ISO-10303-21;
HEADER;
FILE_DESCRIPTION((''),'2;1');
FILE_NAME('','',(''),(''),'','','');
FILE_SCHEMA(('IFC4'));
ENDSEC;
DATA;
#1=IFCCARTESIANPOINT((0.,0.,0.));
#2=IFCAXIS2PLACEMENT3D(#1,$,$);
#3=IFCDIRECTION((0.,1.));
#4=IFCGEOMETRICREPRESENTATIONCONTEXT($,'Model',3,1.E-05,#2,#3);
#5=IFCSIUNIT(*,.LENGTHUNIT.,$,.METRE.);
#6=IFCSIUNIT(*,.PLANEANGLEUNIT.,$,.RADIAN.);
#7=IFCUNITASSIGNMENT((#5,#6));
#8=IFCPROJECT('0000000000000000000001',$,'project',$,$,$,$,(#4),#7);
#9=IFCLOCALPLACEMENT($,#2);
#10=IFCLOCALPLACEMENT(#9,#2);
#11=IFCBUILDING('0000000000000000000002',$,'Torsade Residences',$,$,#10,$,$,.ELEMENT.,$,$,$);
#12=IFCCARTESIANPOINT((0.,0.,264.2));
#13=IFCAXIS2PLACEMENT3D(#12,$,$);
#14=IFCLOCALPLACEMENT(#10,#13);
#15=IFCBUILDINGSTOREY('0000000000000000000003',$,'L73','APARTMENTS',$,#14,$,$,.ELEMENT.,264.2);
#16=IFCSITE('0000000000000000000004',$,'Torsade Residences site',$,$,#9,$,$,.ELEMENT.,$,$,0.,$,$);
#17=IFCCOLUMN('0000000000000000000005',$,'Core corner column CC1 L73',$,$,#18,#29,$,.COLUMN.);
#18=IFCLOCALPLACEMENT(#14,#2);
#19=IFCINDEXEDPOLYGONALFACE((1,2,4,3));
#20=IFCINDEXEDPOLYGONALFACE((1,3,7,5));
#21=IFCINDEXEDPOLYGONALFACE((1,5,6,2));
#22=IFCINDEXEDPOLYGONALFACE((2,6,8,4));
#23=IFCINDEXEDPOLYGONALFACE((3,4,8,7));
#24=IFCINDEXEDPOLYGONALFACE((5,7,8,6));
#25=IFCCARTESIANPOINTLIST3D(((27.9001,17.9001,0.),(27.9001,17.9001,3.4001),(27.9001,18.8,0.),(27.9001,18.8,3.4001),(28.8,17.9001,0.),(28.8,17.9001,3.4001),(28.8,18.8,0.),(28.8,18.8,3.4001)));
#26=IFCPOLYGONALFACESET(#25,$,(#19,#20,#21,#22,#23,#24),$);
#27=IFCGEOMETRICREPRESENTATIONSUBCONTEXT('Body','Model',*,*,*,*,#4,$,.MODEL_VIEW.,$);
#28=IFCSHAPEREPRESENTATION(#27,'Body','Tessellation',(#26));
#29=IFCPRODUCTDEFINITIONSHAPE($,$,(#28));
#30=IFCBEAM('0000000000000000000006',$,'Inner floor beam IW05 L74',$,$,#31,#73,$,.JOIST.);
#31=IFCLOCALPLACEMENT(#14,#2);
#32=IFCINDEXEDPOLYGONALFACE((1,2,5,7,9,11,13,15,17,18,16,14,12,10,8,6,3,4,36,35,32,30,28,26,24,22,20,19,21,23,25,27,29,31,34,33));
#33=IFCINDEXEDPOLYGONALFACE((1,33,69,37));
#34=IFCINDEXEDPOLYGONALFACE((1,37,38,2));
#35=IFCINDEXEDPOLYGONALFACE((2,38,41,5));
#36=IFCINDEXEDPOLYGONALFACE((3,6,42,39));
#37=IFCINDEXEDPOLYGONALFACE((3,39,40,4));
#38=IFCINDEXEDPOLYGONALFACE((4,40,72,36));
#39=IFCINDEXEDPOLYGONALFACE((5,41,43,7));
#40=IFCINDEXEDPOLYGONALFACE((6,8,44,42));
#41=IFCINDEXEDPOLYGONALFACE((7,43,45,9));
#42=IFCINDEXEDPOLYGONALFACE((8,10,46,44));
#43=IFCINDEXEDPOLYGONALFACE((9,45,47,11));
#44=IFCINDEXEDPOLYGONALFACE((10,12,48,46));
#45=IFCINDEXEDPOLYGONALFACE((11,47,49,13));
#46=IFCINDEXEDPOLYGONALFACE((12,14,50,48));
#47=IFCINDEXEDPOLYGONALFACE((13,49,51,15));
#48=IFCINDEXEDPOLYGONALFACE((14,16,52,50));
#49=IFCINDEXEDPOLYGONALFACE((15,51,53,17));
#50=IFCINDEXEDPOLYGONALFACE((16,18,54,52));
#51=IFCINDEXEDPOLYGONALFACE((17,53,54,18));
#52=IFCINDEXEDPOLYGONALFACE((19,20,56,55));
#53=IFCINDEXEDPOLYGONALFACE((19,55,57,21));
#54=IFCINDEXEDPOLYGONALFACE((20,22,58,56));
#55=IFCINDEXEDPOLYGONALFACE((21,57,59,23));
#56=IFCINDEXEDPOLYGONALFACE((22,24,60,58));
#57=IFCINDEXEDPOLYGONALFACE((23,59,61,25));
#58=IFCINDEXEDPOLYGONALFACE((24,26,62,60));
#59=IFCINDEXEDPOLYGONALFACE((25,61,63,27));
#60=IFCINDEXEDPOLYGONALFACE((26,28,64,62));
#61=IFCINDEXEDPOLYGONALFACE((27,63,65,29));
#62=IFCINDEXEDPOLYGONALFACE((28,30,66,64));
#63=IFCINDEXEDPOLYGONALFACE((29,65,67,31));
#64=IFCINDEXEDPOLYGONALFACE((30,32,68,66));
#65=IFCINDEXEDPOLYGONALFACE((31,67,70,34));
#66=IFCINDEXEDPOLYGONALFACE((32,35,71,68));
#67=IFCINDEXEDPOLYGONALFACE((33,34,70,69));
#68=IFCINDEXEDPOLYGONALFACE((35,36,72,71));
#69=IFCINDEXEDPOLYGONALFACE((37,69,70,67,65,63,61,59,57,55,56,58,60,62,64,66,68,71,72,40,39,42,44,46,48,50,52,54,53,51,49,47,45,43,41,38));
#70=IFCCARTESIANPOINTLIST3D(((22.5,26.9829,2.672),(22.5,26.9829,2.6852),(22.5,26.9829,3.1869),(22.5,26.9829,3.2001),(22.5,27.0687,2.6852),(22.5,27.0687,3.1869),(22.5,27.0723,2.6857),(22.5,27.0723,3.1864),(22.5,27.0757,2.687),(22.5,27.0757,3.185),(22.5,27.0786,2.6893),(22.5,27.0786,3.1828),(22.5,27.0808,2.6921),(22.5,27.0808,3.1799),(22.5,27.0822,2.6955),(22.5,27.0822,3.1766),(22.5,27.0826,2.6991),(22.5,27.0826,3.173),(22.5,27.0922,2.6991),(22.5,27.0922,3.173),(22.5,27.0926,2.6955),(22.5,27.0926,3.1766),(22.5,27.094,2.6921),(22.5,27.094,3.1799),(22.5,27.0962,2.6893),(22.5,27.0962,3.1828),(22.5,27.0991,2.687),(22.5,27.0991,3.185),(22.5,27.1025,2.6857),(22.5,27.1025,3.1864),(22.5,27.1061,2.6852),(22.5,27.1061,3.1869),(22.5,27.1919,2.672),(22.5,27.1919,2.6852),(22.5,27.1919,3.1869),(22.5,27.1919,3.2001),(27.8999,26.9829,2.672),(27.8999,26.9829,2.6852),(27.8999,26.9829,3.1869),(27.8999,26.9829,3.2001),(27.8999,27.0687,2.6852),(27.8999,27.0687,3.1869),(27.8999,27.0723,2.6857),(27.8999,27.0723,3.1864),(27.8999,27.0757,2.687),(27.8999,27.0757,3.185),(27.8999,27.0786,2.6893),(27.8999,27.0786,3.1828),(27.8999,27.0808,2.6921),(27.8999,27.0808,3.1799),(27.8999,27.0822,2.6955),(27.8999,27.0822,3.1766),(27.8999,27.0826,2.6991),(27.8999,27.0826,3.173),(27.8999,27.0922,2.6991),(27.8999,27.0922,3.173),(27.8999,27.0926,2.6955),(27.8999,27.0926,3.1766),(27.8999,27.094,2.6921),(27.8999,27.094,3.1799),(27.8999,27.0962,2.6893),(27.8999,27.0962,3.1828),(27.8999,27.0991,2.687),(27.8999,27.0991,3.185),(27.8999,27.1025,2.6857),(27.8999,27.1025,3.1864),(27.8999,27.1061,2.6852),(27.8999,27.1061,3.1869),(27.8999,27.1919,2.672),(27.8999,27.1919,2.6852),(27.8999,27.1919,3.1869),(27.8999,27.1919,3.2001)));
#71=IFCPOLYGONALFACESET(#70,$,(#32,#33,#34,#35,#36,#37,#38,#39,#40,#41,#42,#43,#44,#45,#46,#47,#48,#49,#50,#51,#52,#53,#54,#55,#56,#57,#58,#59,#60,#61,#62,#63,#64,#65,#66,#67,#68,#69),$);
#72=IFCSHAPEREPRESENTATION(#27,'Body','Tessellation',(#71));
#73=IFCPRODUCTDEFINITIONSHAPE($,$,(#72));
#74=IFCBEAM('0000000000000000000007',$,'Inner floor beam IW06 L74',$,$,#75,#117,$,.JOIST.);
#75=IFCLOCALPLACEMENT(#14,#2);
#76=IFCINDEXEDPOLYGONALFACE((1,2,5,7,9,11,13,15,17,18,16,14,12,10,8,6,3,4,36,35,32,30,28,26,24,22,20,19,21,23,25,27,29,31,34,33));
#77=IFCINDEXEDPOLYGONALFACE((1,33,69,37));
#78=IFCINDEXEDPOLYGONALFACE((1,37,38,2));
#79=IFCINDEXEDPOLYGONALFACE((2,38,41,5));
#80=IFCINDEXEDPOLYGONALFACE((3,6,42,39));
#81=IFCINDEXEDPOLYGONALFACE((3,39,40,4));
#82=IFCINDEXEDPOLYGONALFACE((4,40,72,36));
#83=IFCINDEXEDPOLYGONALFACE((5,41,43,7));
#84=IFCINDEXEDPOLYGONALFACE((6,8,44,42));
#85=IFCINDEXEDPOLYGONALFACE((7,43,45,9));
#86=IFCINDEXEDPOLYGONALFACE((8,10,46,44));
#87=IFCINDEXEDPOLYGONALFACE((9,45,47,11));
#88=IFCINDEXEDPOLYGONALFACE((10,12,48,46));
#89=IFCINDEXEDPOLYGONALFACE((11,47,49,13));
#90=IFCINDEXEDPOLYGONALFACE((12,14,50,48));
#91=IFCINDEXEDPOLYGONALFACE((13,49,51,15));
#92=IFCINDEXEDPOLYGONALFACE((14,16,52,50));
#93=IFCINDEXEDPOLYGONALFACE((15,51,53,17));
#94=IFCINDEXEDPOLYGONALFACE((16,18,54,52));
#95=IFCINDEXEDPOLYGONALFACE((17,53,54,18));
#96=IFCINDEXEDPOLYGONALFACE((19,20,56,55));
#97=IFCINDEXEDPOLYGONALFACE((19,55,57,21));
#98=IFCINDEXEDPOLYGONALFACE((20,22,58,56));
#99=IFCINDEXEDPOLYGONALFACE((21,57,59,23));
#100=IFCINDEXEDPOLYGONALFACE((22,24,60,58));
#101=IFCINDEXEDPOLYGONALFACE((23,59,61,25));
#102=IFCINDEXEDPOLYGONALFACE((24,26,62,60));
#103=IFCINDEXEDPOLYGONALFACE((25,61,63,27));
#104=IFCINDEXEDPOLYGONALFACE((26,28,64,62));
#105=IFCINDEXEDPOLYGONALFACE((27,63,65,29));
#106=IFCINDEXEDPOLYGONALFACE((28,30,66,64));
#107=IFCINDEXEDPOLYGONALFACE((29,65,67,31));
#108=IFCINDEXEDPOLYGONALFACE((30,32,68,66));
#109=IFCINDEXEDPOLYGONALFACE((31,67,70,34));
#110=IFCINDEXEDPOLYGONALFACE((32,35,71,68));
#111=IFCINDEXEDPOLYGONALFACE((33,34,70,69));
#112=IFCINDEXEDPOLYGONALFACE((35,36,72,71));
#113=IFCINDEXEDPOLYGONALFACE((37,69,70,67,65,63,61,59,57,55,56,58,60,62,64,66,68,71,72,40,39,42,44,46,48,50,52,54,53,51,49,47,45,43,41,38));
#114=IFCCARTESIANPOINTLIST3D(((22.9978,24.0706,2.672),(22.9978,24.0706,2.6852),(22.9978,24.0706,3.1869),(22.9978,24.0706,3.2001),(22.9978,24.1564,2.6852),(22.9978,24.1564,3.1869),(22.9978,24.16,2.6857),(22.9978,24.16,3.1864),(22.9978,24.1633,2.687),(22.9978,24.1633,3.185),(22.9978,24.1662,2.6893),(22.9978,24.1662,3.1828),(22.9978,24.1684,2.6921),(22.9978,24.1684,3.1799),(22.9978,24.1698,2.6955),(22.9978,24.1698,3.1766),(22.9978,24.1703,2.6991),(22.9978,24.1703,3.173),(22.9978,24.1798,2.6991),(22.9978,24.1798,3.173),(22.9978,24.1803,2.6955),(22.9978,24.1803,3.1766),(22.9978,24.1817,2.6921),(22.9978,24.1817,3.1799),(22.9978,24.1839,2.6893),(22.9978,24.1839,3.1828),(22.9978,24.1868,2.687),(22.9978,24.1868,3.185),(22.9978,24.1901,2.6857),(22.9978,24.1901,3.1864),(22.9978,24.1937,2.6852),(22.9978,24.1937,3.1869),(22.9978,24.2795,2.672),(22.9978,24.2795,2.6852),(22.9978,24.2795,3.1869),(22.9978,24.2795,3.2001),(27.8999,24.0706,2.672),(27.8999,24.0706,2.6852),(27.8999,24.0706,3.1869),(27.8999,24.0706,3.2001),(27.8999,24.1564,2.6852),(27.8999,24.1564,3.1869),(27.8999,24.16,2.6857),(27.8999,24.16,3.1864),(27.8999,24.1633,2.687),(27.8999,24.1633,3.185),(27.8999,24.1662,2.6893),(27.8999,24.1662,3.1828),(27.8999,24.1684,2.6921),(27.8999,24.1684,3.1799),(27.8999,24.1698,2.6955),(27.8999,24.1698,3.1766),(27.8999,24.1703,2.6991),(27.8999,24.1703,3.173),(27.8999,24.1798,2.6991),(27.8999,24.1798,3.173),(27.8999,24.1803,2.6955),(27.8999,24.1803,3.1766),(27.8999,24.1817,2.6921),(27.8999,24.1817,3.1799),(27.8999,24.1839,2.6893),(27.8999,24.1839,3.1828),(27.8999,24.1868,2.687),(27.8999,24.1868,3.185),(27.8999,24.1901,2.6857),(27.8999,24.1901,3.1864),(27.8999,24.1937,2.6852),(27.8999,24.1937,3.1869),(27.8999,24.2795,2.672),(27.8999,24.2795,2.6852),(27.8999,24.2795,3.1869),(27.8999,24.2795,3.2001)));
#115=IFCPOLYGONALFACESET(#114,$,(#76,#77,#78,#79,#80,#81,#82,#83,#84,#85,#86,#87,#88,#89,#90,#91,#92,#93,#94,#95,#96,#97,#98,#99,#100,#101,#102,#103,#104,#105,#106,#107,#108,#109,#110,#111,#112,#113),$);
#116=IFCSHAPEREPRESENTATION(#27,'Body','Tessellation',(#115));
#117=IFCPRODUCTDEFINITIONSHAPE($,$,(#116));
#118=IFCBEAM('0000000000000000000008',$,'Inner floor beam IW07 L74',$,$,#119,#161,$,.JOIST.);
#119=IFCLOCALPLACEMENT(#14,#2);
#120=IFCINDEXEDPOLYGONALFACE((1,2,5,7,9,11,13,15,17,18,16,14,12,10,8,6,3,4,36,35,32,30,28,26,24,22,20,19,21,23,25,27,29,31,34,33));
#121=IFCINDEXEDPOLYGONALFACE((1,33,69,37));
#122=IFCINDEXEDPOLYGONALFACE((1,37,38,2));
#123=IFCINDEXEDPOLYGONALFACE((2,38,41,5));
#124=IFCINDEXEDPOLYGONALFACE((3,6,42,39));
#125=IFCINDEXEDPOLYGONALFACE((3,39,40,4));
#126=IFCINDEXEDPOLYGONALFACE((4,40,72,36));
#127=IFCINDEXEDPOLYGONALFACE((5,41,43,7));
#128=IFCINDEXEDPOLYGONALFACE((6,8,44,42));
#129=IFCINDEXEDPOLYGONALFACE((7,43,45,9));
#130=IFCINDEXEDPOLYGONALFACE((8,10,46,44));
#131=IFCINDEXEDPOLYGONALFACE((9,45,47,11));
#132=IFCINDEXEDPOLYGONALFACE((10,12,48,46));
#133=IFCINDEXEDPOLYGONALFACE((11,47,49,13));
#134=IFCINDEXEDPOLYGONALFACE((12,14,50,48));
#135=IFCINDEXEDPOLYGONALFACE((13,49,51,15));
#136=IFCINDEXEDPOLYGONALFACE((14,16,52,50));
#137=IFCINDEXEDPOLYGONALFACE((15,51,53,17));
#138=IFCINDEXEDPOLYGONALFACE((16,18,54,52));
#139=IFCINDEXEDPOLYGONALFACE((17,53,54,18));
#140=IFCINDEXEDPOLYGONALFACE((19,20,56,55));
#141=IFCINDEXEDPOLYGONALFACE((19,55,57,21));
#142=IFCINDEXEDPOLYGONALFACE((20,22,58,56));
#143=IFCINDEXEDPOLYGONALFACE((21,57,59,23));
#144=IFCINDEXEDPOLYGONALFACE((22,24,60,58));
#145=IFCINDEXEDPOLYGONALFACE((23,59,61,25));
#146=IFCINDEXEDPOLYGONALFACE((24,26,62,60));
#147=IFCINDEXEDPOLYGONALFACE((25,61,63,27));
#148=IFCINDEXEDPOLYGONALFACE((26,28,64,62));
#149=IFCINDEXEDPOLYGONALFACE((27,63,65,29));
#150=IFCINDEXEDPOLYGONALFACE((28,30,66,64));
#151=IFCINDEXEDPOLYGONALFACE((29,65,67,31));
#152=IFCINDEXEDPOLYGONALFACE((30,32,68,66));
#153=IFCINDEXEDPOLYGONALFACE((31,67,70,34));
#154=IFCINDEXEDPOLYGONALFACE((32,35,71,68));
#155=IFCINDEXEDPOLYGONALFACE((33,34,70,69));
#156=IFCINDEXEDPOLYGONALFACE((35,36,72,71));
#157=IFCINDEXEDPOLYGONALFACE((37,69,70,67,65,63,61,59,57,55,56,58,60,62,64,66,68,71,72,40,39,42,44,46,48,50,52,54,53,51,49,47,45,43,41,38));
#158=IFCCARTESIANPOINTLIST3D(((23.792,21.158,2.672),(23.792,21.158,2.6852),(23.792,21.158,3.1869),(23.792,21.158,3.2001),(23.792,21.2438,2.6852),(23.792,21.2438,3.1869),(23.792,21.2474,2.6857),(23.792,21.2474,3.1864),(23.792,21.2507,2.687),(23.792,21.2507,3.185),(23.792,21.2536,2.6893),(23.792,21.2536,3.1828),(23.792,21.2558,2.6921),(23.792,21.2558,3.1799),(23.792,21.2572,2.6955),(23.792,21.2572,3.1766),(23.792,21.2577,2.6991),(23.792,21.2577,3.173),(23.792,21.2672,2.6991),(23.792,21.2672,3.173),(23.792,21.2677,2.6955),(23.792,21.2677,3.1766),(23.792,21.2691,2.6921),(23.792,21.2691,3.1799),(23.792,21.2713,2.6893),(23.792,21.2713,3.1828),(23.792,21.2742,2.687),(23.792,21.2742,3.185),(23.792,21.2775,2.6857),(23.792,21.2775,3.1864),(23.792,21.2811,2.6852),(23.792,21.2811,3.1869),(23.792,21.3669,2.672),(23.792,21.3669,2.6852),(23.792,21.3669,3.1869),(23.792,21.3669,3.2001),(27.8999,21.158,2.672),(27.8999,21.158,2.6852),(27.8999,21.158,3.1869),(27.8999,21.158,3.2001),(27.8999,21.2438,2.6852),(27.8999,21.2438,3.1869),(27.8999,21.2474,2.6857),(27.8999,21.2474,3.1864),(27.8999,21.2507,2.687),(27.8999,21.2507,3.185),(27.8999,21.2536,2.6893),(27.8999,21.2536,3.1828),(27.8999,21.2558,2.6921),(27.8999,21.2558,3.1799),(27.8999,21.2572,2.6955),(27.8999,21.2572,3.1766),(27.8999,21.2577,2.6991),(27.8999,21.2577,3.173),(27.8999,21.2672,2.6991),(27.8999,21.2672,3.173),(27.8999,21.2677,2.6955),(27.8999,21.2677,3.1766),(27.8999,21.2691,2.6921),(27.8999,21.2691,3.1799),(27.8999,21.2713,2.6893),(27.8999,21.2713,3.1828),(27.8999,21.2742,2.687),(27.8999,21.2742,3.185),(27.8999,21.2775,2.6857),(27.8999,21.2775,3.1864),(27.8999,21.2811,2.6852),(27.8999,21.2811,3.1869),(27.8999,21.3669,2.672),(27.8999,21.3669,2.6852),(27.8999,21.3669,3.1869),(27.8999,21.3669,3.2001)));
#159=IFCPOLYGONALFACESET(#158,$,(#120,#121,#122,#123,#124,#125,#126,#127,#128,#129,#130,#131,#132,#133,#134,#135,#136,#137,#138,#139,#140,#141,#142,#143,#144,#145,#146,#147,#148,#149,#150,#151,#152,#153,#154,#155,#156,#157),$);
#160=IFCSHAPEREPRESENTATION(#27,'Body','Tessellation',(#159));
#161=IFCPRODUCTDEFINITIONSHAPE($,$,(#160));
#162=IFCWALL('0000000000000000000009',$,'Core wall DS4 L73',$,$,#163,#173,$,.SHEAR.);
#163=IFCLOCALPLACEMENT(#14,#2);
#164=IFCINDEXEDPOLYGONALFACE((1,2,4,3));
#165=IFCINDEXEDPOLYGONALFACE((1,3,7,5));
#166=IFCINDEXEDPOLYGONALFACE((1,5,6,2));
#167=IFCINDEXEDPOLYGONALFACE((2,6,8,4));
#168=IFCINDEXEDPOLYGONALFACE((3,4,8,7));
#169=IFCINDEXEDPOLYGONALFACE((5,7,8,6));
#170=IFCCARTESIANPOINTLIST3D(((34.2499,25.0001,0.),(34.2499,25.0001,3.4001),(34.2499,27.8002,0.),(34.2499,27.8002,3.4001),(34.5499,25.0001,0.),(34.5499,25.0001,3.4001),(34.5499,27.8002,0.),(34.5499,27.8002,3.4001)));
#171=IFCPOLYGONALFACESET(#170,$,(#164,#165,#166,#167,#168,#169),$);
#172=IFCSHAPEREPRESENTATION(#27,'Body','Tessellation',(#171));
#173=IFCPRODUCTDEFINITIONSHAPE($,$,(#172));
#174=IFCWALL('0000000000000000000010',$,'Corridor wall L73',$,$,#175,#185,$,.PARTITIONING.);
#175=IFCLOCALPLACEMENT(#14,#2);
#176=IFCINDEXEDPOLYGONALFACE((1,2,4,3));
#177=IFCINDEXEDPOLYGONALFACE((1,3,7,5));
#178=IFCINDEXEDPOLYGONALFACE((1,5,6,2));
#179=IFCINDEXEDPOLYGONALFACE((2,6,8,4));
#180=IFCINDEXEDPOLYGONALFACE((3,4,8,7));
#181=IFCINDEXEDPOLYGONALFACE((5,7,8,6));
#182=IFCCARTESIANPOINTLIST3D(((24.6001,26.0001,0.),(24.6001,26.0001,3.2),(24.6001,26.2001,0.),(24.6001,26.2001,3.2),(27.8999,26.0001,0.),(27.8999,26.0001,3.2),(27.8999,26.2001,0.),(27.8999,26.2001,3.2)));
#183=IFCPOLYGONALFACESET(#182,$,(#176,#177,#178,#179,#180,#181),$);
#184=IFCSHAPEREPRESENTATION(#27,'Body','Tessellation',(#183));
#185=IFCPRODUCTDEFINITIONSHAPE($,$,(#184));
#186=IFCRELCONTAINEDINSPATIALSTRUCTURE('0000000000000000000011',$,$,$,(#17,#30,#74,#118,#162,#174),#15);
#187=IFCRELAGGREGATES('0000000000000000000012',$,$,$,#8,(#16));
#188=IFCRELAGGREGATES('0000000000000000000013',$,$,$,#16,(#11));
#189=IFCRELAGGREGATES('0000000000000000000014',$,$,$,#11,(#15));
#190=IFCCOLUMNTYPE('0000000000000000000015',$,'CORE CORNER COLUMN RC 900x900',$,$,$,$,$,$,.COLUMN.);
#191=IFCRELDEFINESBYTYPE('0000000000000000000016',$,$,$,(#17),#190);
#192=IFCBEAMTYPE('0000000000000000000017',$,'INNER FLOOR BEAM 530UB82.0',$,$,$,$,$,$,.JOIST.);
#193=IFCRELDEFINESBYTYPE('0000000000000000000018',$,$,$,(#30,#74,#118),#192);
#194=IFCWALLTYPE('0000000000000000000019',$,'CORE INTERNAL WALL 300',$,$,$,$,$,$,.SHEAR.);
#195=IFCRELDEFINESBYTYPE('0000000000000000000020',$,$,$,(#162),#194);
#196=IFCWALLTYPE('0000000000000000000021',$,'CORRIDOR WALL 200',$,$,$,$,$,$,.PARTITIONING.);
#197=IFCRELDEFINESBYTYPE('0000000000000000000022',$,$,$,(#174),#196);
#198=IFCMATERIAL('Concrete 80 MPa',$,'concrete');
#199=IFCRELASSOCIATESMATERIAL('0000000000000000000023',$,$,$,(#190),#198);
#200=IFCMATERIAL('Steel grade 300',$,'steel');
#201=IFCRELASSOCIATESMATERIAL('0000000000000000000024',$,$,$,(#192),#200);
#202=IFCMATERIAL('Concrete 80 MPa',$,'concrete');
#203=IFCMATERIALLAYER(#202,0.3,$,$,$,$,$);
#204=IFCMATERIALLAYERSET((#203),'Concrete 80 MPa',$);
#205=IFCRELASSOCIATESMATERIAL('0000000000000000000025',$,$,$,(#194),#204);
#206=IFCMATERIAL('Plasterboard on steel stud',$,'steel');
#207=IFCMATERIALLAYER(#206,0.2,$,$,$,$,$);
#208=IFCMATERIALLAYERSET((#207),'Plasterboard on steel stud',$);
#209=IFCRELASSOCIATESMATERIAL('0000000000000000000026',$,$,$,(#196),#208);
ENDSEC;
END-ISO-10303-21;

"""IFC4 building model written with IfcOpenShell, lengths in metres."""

from ifc_helpers import new_model, si_unit, direction, frame, frame_2d, origin, origin_2d, place, context, subcontext, project, spatial, rectangle, i_section, extrude, material, layer, layer_set, material_profile, profile_set, type_object, element, save


model = new_model("IFC4")

# Units and contexts
model_context = context("Model", 3, precision=1e-05, world=origin(), true_north=direction((0.0, 1.0)))
body_context = subcontext(model_context, "Body", "Model", "MODEL_VIEW")
ifc_project = project(units=[si_unit("LENGTHUNIT", "METRE"), si_unit("PLANEANGLEUNIT", "RADIAN")], contexts=[model_context])

# Site, building, storey
site_placement = place(None, origin())
site = spatial("IfcSite", under=ifc_project, at=site_placement, Name="Torsade Residences site", CompositionType="ELEMENT", RefElevation=0.0)
building_placement = place(site_placement, origin())
building = spatial("IfcBuilding", under=site, at=building_placement, Name="Torsade Residences", CompositionType="ELEMENT")
storey_placement = place(building_placement, frame((0.0, 0.0, 264.2)))
storey = spatial("IfcBuildingStorey", under=building, at=storey_placement, Name="L73", Description="APARTMENTS", CompositionType="ELEMENT", Elevation=264.2)

# Column
ifc_material_1 = material(Name="Concrete 80 MPa", Category="concrete")
ifc_material_profile_1 = material_profile(ifc_material_1, rectangle(XDim=0.8999, YDim=0.8999, at=origin_2d()), Name="RC 900x900")
ifc_profile_set_1 = profile_set([ifc_material_profile_1], Name="Concrete 80 MPa")
column_type = type_object("IfcColumnType", Name="CORE CORNER COLUMN RC 900x900", PredefinedType="COLUMN", material=ifc_profile_set_1)
column_placement = place(storey_placement, frame((28.3501, 18.3501, 0.0), z_axis=(0.0, 0.0, 1.0), x_axis=(1.0, 0.0, 0.0)))
element("IfcColumn", 1, at=column_placement, inside=storey, type_object=column_type, Name="Core corner column CC1 L73", PredefinedType="COLUMN", context=body_context, shape_type="SweptSolid", body=[
    extrude(rectangle(XDim=0.8999, YDim=0.8999, at=origin_2d()), origin(), (0.0, 0.0, 1.0), 3.4001),
])

# Beams
ifc_material_2 = material(Name="Steel grade 300", Category="steel")
ifc_material_profile_2 = material_profile(ifc_material_2, i_section(OverallWidth=0.209, OverallDepth=0.5281, WebThickness=0.0095, FlangeThickness=0.0132, FilletRadius=0.0139, at=origin_2d()), Name="530UB82.0")
ifc_profile_set_2 = profile_set([ifc_material_profile_2], Name="Steel grade 300")
beam_type = type_object("IfcBeamType", Name="INNER FLOOR BEAM 530UB82.0", PredefinedType="JOIST", material=ifc_profile_set_2)
beam_1_placement = place(storey_placement, frame((27.8999, 27.0874, 2.936), z_axis=(-1.0, 0.0, 0.0), x_axis=(0.0, -1.0, 0.0)))
element("IfcBeam", 2, at=beam_1_placement, inside=storey, type_object=beam_type, Name="Inner floor beam IW05 L74", PredefinedType="JOIST", context=body_context, shape_type="SweptSolid", body=[
    extrude(i_section(OverallWidth=0.209, OverallDepth=0.5281, WebThickness=0.0095, FlangeThickness=0.0132, FilletRadius=0.0139, at=origin_2d()), origin(), (0.0, 0.0, 1.0), 5.3999),
])
beam_2_placement = place(storey_placement, frame((27.8999, 24.175, 2.936), z_axis=(-1.0, 0.0, 0.0), x_axis=(0.0, -1.0, 0.0)))
element("IfcBeam", 3, at=beam_2_placement, inside=storey, type_object=beam_type, Name="Inner floor beam IW06 L74", PredefinedType="JOIST", context=body_context, shape_type="SweptSolid", body=[
    extrude(i_section(OverallWidth=0.209, OverallDepth=0.5281, WebThickness=0.0095, FlangeThickness=0.0132, FilletRadius=0.0139, at=origin_2d()), origin(), (0.0, 0.0, 1.0), 4.9021),
])
beam_3_placement = place(storey_placement, frame((27.8999, 21.2625, 2.936), z_axis=(-1.0, 0.0, 0.0), x_axis=(0.0, -1.0, 0.0)))
element("IfcBeam", 4, at=beam_3_placement, inside=storey, type_object=beam_type, Name="Inner floor beam IW07 L74", PredefinedType="JOIST", context=body_context, shape_type="SweptSolid", body=[
    extrude(i_section(OverallWidth=0.209, OverallDepth=0.5281, WebThickness=0.0095, FlangeThickness=0.0132, FilletRadius=0.0139, at=origin_2d()), origin(), (0.0, 0.0, 1.0), 4.1079),
])

# Walls
ifc_material_3 = material(Name="Concrete 80 MPa", Category="concrete")
ifc_layer_1 = layer(ifc_material_3, 0.3)
ifc_layer_set_1 = layer_set([ifc_layer_1], Name="Concrete 80 MPa")
wall_type_1 = type_object("IfcWallType", Name="CORE INTERNAL WALL 300", PredefinedType="SHEAR", material=ifc_layer_set_1)
wall_1_placement = place(storey_placement, frame((34.3999, 27.8, 0.0), z_axis=(0.0, 0.0, 1.0), x_axis=(0.0, -1.0, 0.0)))
element("IfcWall", 5, at=wall_1_placement, inside=storey, type_object=wall_type_1, Name="Core wall DS4 L73", PredefinedType="SHEAR", context=body_context, shape_type="SweptSolid", body=[
    extrude(rectangle(XDim=2.8, YDim=0.3, at=frame_2d((1.3999, 0.0))), origin(), (0.0, 0.0, 1.0), 3.4001),
])
ifc_material_4 = material(Name="Plasterboard on steel stud", Category="steel")
ifc_layer_2 = layer(ifc_material_4, 0.2)
ifc_layer_set_2 = layer_set([ifc_layer_2], Name="Plasterboard on steel stud")
wall_type_2 = type_object("IfcWallType", Name="CORRIDOR WALL 200", PredefinedType="PARTITIONING", material=ifc_layer_set_2)
wall_2_placement = place(storey_placement, frame((27.8999, 26.1001, 0.0), z_axis=(0.0, 0.0, 1.0), x_axis=(-1.0, 0.0, 0.0)))
element("IfcWall", 6, at=wall_2_placement, inside=storey, type_object=wall_type_2, Name="Corridor wall L73", PredefinedType="PARTITIONING", context=body_context, shape_type="SweptSolid", body=[
    extrude(rectangle(XDim=3.2998, YDim=0.2, at=frame_2d((1.6499, 0.0))), origin(), (0.0, 0.0, 1.0), 3.2),
])

save(model, "model.ifc")
